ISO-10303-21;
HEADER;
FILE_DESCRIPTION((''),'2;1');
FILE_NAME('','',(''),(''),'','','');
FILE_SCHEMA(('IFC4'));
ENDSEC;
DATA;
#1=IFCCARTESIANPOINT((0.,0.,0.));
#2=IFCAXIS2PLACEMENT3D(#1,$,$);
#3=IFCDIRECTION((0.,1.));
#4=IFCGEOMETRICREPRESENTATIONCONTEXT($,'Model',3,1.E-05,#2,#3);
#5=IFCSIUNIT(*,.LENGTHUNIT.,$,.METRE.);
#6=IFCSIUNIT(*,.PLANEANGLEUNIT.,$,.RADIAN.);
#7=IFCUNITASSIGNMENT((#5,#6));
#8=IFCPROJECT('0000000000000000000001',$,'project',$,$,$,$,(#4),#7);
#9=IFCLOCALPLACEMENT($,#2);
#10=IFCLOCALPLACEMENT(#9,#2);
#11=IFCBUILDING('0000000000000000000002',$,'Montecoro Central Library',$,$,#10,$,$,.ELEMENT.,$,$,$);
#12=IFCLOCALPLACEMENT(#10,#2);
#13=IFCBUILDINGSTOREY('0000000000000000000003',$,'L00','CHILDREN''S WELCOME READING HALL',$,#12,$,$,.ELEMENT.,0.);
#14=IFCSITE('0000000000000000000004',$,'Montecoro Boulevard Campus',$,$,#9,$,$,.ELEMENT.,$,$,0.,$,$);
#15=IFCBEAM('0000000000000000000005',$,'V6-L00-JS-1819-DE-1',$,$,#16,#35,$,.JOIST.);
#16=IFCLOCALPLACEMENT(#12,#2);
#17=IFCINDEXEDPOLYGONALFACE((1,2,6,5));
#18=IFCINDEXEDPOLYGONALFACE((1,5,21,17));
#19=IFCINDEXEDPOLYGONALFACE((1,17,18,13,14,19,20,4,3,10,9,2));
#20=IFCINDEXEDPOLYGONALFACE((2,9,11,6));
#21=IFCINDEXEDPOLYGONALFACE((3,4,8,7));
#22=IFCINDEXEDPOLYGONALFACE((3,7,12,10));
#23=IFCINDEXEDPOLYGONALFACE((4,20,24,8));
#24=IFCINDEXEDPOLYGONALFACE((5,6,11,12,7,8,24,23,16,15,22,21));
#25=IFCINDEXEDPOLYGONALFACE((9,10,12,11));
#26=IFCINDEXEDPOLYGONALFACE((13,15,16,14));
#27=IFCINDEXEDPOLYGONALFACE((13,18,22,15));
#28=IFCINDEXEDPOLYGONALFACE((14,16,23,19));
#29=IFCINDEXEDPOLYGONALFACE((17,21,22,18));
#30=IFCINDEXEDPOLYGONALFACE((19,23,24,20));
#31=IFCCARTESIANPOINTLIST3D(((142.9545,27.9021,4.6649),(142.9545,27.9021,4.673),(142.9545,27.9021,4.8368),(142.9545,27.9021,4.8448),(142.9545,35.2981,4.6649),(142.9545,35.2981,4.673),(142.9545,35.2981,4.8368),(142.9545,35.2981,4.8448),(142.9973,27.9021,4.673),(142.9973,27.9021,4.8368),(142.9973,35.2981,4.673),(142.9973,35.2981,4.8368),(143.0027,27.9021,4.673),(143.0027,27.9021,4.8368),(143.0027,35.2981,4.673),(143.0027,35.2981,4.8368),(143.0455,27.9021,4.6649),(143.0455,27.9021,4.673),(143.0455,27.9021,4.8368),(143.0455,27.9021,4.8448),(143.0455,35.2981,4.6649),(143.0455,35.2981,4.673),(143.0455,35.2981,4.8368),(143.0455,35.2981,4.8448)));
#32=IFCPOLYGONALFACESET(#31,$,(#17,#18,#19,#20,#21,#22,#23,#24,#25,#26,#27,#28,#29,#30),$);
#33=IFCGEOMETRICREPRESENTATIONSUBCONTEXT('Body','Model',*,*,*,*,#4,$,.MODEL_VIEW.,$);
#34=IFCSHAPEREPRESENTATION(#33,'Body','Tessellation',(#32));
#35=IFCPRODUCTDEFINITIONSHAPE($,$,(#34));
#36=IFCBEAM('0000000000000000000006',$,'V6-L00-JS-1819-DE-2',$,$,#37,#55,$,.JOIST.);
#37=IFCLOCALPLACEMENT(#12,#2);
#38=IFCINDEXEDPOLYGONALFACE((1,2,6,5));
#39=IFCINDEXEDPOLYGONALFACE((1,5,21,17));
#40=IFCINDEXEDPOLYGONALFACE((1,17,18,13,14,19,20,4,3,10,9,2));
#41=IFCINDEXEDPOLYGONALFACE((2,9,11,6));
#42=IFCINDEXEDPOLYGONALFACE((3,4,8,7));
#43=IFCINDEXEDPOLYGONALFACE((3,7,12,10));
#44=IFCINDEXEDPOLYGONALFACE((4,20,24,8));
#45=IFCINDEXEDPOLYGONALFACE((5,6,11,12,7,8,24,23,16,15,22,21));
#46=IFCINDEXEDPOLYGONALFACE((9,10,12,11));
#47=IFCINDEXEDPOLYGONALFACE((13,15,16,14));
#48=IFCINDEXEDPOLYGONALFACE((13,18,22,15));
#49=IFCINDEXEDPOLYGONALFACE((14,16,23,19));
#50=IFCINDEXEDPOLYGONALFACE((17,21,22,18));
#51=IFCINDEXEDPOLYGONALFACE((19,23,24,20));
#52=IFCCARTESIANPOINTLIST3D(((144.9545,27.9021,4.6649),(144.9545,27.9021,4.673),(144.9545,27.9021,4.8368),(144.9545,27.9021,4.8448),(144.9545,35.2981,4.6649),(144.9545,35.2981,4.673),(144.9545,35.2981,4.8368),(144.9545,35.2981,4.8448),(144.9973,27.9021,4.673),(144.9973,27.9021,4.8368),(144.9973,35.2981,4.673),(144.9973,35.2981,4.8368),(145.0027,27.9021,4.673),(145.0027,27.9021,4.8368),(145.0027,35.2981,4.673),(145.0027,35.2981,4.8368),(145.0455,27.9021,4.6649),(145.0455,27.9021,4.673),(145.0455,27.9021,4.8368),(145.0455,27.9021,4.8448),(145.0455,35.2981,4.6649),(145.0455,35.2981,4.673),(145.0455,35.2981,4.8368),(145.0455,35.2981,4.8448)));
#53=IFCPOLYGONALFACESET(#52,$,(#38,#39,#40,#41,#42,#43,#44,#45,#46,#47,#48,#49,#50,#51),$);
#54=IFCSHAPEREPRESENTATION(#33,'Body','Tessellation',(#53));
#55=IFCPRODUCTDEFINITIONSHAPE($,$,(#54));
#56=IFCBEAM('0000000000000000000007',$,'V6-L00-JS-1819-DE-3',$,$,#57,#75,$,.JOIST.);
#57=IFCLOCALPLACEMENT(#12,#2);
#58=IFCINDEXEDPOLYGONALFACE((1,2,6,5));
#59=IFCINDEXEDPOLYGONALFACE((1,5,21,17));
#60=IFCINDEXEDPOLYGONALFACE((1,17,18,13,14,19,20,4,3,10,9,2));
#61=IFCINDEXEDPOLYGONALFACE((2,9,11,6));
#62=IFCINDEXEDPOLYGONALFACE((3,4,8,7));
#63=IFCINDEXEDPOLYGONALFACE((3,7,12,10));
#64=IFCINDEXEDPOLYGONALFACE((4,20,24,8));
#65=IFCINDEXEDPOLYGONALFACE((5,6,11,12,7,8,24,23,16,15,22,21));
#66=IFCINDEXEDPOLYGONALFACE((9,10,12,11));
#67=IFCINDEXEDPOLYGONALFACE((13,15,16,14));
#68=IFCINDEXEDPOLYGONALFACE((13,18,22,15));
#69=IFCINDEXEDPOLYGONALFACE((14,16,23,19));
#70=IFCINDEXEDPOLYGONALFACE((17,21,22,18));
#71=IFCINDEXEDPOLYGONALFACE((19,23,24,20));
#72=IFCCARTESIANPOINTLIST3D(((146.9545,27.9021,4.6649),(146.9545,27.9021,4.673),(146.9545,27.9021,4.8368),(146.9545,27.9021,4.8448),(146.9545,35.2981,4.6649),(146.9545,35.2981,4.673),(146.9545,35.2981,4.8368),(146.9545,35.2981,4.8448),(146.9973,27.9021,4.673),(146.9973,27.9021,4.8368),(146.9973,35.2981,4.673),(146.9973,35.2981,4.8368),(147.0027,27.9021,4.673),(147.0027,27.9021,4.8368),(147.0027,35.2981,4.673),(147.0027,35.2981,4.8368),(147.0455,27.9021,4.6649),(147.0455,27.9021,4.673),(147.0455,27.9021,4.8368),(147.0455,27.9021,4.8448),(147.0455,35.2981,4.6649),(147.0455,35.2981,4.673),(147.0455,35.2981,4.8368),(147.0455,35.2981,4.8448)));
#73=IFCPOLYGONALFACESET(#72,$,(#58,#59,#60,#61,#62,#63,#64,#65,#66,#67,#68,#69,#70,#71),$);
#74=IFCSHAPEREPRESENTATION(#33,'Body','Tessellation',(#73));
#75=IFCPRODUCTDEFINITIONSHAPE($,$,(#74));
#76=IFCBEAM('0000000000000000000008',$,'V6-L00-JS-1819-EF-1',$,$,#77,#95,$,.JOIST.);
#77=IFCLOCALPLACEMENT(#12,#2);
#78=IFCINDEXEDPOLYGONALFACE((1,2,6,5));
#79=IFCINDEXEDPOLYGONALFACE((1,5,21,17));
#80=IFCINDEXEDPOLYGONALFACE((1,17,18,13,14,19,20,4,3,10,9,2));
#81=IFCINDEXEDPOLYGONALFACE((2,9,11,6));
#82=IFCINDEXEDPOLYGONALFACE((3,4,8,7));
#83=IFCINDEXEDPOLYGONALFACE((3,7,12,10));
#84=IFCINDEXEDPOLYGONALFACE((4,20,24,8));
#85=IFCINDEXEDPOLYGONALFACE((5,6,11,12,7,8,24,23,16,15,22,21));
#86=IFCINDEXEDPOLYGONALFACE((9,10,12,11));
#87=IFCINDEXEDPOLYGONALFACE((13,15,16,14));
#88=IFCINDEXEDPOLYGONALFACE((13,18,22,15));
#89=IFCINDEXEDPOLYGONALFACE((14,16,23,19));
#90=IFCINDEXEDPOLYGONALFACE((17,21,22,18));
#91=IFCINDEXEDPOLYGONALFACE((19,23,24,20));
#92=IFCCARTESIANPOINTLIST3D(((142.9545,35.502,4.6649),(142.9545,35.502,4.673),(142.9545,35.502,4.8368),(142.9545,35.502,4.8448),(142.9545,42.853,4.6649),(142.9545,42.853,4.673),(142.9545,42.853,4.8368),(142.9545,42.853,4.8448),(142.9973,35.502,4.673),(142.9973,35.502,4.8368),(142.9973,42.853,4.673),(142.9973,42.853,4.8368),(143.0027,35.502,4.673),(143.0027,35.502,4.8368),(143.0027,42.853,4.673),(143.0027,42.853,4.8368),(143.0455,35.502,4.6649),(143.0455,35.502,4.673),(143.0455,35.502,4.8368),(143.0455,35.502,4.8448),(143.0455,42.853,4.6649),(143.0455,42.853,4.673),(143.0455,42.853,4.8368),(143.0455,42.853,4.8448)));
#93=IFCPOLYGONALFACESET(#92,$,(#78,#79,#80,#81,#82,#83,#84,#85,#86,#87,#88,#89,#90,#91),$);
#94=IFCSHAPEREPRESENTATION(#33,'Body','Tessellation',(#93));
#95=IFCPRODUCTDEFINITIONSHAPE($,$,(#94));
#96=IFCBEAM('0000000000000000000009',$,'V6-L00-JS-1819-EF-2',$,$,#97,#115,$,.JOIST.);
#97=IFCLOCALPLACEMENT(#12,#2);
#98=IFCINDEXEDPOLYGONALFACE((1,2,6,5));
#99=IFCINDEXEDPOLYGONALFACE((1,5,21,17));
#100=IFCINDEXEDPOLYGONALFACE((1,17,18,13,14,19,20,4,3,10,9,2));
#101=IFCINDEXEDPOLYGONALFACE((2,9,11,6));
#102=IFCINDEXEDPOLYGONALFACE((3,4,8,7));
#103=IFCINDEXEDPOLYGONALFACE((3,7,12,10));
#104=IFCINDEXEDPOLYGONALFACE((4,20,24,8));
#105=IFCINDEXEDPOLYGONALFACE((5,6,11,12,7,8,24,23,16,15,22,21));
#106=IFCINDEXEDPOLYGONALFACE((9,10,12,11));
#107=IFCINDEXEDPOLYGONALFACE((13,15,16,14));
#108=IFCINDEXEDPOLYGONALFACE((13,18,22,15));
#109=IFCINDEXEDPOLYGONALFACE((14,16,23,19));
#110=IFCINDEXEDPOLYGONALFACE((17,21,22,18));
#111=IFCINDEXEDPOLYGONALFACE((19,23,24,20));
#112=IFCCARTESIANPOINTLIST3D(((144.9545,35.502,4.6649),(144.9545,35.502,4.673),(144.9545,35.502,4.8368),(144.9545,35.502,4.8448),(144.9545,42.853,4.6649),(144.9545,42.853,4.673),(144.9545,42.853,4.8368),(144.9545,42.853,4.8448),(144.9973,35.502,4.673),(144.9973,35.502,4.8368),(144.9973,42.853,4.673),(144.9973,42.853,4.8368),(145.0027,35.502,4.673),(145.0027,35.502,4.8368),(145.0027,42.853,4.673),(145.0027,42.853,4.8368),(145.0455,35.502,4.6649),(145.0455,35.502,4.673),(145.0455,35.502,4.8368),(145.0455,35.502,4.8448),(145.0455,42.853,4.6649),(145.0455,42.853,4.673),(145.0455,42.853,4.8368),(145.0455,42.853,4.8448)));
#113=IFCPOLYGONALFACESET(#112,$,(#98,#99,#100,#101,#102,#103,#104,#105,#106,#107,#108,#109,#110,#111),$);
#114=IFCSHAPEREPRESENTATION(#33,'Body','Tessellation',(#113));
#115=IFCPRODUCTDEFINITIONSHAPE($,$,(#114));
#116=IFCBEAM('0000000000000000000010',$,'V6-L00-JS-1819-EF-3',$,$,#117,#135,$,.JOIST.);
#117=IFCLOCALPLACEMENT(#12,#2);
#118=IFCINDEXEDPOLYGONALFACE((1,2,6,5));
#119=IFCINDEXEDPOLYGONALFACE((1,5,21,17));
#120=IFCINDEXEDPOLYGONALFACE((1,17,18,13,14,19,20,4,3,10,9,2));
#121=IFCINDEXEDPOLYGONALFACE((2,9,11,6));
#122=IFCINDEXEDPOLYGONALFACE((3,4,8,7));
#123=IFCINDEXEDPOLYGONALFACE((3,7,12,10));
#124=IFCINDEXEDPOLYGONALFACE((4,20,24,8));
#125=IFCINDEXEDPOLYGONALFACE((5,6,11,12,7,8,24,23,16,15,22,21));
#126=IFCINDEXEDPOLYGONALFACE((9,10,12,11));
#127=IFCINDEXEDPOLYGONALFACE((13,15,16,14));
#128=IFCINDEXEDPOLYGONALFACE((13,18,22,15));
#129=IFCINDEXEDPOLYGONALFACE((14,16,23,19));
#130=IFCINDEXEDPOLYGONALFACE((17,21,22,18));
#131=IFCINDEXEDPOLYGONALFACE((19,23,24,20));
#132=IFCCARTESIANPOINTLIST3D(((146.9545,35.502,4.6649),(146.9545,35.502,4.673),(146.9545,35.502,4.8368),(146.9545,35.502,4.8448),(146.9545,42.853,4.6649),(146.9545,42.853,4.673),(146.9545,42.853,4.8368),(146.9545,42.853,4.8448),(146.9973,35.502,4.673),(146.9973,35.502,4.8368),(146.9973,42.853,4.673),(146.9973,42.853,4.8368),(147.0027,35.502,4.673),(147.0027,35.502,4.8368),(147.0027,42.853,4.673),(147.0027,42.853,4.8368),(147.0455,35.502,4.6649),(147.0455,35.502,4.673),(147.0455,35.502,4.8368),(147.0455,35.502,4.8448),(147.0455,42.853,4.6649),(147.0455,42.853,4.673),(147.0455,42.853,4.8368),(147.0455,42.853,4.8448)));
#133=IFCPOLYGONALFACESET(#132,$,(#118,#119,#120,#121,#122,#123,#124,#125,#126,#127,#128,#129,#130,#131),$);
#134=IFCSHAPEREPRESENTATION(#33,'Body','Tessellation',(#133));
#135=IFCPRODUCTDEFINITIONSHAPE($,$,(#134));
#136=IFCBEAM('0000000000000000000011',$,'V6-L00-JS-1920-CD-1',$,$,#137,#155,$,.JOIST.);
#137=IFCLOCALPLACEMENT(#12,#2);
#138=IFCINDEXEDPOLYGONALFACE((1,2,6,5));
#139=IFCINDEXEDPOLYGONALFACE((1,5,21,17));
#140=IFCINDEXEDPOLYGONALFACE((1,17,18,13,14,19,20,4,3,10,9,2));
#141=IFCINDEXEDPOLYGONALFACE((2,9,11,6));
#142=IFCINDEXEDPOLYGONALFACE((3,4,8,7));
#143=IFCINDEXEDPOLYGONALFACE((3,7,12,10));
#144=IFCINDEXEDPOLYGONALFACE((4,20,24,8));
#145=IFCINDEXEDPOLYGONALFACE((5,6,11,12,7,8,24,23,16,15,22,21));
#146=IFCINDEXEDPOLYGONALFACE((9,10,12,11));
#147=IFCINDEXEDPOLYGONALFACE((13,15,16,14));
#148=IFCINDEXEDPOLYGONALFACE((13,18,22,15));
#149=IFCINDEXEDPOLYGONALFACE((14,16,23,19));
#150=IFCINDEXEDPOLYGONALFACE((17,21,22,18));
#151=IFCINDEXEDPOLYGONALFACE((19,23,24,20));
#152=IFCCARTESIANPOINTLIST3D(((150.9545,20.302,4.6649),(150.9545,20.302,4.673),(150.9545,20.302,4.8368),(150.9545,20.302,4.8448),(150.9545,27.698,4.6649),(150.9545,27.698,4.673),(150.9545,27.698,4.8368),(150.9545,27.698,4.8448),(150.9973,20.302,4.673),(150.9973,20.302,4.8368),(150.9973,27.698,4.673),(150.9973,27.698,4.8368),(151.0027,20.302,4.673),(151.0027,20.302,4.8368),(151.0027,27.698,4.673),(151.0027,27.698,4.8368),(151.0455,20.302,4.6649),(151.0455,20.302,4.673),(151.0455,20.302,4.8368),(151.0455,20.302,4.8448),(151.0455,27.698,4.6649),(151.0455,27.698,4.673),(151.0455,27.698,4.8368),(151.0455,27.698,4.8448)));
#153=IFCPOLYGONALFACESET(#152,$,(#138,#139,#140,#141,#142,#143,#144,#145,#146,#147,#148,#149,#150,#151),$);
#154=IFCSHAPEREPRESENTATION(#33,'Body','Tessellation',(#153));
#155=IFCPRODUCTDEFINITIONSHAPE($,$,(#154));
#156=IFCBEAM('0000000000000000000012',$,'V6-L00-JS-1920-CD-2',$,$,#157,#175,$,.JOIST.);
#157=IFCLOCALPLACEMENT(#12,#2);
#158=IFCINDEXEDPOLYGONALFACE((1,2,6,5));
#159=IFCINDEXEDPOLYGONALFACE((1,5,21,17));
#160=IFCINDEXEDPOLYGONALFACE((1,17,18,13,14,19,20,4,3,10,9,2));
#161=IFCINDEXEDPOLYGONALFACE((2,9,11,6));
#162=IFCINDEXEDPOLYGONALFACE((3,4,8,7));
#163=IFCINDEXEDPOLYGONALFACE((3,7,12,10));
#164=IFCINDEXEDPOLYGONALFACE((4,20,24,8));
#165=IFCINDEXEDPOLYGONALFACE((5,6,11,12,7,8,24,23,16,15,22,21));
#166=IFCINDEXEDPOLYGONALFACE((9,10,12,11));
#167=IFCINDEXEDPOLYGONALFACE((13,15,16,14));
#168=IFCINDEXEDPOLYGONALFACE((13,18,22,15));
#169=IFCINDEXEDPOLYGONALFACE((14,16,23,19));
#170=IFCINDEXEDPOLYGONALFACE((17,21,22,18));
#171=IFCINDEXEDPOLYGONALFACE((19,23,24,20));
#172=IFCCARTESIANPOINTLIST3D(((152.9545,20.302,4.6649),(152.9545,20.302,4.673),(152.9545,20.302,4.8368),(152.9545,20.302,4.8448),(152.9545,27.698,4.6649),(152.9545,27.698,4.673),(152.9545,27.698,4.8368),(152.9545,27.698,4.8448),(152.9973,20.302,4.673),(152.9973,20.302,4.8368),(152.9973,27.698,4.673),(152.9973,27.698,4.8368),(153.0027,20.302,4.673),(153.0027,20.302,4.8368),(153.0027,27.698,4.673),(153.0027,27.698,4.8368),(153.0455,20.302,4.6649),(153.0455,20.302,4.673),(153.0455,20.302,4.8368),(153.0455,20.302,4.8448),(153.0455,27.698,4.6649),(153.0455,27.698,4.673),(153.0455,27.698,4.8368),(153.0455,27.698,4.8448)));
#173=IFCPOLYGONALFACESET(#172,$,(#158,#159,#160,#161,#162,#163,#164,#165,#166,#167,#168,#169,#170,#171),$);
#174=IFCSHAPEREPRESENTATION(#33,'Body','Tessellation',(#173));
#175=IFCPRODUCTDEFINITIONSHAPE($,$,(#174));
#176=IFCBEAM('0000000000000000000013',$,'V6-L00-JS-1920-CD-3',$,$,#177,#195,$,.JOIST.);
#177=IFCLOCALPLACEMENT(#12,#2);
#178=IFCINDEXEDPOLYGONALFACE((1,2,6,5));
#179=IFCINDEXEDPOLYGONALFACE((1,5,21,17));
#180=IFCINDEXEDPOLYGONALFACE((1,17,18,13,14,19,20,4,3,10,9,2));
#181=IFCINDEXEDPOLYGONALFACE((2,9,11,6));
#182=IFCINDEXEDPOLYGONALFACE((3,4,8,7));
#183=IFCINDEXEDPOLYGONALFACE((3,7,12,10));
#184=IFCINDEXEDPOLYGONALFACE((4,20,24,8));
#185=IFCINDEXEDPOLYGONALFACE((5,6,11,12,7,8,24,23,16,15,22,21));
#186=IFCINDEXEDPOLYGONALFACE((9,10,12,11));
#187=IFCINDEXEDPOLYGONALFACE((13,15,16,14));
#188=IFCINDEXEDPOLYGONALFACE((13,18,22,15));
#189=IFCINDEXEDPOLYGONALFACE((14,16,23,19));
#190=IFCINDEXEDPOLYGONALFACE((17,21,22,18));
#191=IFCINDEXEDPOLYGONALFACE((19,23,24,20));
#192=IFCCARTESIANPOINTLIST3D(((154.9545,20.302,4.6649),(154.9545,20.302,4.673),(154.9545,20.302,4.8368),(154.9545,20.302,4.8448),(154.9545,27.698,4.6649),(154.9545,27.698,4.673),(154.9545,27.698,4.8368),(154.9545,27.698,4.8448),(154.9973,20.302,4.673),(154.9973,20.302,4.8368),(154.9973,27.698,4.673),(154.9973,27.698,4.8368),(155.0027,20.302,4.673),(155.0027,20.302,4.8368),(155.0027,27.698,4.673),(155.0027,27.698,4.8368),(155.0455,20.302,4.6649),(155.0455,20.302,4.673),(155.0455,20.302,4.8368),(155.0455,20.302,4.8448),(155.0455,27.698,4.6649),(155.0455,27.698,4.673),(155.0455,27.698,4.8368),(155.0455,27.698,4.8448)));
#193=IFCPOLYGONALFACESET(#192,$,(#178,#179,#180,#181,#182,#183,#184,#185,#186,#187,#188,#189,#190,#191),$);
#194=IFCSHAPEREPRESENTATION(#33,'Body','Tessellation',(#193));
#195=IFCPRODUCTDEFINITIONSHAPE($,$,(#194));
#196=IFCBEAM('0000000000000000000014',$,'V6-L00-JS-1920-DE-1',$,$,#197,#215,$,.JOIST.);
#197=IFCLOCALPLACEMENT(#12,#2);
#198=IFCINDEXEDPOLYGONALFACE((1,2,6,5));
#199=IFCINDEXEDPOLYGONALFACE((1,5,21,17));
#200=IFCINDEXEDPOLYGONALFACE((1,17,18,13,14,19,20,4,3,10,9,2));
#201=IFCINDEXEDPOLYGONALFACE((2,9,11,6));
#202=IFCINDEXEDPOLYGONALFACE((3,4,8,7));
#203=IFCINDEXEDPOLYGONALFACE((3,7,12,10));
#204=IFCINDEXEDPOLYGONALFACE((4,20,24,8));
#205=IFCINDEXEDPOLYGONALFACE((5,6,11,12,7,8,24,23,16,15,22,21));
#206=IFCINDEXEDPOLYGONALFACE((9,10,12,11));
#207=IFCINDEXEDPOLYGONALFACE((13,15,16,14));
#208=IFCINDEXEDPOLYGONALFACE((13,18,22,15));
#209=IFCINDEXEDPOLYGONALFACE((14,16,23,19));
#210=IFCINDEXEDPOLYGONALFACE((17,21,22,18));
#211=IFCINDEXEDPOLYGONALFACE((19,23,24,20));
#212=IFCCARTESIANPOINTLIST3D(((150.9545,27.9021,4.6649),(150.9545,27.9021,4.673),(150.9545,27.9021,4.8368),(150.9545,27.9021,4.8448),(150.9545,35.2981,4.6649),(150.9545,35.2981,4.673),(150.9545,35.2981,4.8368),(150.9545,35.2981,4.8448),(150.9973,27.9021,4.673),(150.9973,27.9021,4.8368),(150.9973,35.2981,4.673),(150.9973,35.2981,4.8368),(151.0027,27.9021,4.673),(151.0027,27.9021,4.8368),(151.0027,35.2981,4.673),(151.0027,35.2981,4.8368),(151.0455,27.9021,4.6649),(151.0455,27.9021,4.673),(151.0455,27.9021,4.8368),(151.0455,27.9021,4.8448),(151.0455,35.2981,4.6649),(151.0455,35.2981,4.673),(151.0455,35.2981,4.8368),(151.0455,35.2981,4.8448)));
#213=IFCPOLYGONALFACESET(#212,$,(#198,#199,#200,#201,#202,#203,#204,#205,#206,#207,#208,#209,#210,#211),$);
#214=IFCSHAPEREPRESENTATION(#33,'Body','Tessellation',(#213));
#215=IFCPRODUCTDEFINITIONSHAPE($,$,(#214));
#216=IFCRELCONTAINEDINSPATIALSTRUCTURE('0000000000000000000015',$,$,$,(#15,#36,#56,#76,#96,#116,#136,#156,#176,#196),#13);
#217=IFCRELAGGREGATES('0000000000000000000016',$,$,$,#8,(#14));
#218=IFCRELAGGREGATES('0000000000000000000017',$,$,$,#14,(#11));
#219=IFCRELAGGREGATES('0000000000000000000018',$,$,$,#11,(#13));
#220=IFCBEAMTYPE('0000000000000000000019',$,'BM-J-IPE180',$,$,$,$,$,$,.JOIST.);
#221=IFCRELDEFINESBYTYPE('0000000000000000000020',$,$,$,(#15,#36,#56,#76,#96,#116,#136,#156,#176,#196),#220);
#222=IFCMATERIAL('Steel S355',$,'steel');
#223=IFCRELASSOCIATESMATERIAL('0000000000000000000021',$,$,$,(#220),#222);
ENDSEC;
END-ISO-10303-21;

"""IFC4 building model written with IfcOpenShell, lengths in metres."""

from ifc_helpers import new_model, si_unit, direction, frame, origin, origin_2d, place, context, subcontext, project, spatial, i_section, extrude, material, material_profile, profile_set, type_object, element, save


model = new_model("IFC4")

# Units and contexts
model_context = context("Model", 3, precision=1e-05, world=origin(), true_north=direction((0.0, 1.0)))
body_context = subcontext(model_context, "Body", "Model", "MODEL_VIEW")
ifc_project = project(units=[si_unit("LENGTHUNIT", "METRE"), si_unit("PLANEANGLEUNIT", "RADIAN")], contexts=[model_context])

# Site, building, storey
site_placement = place(None, origin())
site = spatial("IfcSite", under=ifc_project, at=site_placement, Name="Montecoro Boulevard Campus", CompositionType="ELEMENT", RefElevation=0.0)
building_placement = place(site_placement, origin())
building = spatial("IfcBuilding", under=site, at=building_placement, Name="Montecoro Central Library", CompositionType="ELEMENT")
storey_placement = place(building_placement, origin())
storey = spatial("IfcBuildingStorey", under=building, at=storey_placement, Name="L00", Description="CHILDREN'S WELCOME READING HALL", CompositionType="ELEMENT", Elevation=0.0)

# Shared definitions
ifc_material_1 = material(Name="Steel S355", Category="steel")

# Beams
ifc_material_profile_1 = material_profile(ifc_material_1, i_section(OverallWidth=0.0911, OverallDepth=0.1799, WebThickness=0.0054, FlangeThickness=0.0081, at=origin_2d()), Name="IPE 180")
ifc_profile_set_1 = profile_set([ifc_material_profile_1], Name="Steel S355")
beam_type_1 = type_object("IfcBeamType", Name="BM-J-IPE180", PredefinedType="JOIST", material=ifc_profile_set_1)
for number, where, z_axis, x_axis, name in (
    (1, (143.0, 27.9021, 4.7549), (0.0, 1.0, 0.0), (-1.0, 0.0, 0.0), "V6-L00-JS-1819-DE-1"),
    (2, (145.0, 27.9021, 4.7549), (0.0, 1.0, 0.0), (-1.0, 0.0, 0.0), "V6-L00-JS-1819-DE-2"),
    (3, (147.0, 27.9021, 4.7549), (0.0, 1.0, 0.0), (-1.0, 0.0, 0.0), "V6-L00-JS-1819-DE-3"),
):
    element("IfcBeam", number, at=place(storey_placement, frame(where, z_axis=z_axis, x_axis=x_axis)), inside=storey, type_object=beam_type_1, Name=name, PredefinedType="JOIST", context=body_context, shape_type="SweptSolid", body=[
        extrude(i_section(OverallWidth=0.0911, OverallDepth=0.1799, WebThickness=0.0054, FlangeThickness=0.0081, at=origin_2d()), origin(), (0.0, 0.0, 1.0), 7.396),
    ])
for number, where, z_axis, x_axis, name in (
    (4, (143.0, 35.502, 4.7549), (0.0, 1.0, 0.0), (-1.0, 0.0, 0.0), "V6-L00-JS-1819-EF-1"),
    (5, (145.0, 35.502, 4.7549), (0.0, 1.0, 0.0), (-1.0, 0.0, 0.0), "V6-L00-JS-1819-EF-2"),
    (6, (147.0, 35.502, 4.7549), (0.0, 1.0, 0.0), (-1.0, 0.0, 0.0), "V6-L00-JS-1819-EF-3"),
):
    element("IfcBeam", number, at=place(storey_placement, frame(where, z_axis=z_axis, x_axis=x_axis)), inside=storey, type_object=beam_type_1, Name=name, PredefinedType="JOIST", context=body_context, shape_type="SweptSolid", body=[
        extrude(i_section(OverallWidth=0.0911, OverallDepth=0.1799, WebThickness=0.0054, FlangeThickness=0.0081, at=origin_2d()), origin(), (0.0, 0.0, 1.0), 7.3511),
    ])
for number, where, z_axis, x_axis, name in (
    (7, (151.0, 20.302, 4.7549), (0.0, 1.0, 0.0), (-1.0, 0.0, 0.0), "V6-L00-JS-1920-CD-1"),
    (8, (153.0, 20.302, 4.7549), (0.0, 1.0, 0.0), (-1.0, 0.0, 0.0), "V6-L00-JS-1920-CD-2"),
    (9, (155.0, 20.302, 4.7549), (0.0, 1.0, 0.0), (-1.0, 0.0, 0.0), "V6-L00-JS-1920-CD-3"),
    (10, (151.0, 27.9021, 4.7549), (0.0, 1.0, 0.0), (-1.0, 0.0, 0.0), "V6-L00-JS-1920-DE-1"),
):
    element("IfcBeam", number, at=place(storey_placement, frame(where, z_axis=z_axis, x_axis=x_axis)), inside=storey, type_object=beam_type_1, Name=name, PredefinedType="JOIST", context=body_context, shape_type="SweptSolid", body=[
        extrude(i_section(OverallWidth=0.0911, OverallDepth=0.1799, WebThickness=0.0054, FlangeThickness=0.0081, at=origin_2d()), origin(), (0.0, 0.0, 1.0), 7.396),
    ])

save(model, "model.ifc")
